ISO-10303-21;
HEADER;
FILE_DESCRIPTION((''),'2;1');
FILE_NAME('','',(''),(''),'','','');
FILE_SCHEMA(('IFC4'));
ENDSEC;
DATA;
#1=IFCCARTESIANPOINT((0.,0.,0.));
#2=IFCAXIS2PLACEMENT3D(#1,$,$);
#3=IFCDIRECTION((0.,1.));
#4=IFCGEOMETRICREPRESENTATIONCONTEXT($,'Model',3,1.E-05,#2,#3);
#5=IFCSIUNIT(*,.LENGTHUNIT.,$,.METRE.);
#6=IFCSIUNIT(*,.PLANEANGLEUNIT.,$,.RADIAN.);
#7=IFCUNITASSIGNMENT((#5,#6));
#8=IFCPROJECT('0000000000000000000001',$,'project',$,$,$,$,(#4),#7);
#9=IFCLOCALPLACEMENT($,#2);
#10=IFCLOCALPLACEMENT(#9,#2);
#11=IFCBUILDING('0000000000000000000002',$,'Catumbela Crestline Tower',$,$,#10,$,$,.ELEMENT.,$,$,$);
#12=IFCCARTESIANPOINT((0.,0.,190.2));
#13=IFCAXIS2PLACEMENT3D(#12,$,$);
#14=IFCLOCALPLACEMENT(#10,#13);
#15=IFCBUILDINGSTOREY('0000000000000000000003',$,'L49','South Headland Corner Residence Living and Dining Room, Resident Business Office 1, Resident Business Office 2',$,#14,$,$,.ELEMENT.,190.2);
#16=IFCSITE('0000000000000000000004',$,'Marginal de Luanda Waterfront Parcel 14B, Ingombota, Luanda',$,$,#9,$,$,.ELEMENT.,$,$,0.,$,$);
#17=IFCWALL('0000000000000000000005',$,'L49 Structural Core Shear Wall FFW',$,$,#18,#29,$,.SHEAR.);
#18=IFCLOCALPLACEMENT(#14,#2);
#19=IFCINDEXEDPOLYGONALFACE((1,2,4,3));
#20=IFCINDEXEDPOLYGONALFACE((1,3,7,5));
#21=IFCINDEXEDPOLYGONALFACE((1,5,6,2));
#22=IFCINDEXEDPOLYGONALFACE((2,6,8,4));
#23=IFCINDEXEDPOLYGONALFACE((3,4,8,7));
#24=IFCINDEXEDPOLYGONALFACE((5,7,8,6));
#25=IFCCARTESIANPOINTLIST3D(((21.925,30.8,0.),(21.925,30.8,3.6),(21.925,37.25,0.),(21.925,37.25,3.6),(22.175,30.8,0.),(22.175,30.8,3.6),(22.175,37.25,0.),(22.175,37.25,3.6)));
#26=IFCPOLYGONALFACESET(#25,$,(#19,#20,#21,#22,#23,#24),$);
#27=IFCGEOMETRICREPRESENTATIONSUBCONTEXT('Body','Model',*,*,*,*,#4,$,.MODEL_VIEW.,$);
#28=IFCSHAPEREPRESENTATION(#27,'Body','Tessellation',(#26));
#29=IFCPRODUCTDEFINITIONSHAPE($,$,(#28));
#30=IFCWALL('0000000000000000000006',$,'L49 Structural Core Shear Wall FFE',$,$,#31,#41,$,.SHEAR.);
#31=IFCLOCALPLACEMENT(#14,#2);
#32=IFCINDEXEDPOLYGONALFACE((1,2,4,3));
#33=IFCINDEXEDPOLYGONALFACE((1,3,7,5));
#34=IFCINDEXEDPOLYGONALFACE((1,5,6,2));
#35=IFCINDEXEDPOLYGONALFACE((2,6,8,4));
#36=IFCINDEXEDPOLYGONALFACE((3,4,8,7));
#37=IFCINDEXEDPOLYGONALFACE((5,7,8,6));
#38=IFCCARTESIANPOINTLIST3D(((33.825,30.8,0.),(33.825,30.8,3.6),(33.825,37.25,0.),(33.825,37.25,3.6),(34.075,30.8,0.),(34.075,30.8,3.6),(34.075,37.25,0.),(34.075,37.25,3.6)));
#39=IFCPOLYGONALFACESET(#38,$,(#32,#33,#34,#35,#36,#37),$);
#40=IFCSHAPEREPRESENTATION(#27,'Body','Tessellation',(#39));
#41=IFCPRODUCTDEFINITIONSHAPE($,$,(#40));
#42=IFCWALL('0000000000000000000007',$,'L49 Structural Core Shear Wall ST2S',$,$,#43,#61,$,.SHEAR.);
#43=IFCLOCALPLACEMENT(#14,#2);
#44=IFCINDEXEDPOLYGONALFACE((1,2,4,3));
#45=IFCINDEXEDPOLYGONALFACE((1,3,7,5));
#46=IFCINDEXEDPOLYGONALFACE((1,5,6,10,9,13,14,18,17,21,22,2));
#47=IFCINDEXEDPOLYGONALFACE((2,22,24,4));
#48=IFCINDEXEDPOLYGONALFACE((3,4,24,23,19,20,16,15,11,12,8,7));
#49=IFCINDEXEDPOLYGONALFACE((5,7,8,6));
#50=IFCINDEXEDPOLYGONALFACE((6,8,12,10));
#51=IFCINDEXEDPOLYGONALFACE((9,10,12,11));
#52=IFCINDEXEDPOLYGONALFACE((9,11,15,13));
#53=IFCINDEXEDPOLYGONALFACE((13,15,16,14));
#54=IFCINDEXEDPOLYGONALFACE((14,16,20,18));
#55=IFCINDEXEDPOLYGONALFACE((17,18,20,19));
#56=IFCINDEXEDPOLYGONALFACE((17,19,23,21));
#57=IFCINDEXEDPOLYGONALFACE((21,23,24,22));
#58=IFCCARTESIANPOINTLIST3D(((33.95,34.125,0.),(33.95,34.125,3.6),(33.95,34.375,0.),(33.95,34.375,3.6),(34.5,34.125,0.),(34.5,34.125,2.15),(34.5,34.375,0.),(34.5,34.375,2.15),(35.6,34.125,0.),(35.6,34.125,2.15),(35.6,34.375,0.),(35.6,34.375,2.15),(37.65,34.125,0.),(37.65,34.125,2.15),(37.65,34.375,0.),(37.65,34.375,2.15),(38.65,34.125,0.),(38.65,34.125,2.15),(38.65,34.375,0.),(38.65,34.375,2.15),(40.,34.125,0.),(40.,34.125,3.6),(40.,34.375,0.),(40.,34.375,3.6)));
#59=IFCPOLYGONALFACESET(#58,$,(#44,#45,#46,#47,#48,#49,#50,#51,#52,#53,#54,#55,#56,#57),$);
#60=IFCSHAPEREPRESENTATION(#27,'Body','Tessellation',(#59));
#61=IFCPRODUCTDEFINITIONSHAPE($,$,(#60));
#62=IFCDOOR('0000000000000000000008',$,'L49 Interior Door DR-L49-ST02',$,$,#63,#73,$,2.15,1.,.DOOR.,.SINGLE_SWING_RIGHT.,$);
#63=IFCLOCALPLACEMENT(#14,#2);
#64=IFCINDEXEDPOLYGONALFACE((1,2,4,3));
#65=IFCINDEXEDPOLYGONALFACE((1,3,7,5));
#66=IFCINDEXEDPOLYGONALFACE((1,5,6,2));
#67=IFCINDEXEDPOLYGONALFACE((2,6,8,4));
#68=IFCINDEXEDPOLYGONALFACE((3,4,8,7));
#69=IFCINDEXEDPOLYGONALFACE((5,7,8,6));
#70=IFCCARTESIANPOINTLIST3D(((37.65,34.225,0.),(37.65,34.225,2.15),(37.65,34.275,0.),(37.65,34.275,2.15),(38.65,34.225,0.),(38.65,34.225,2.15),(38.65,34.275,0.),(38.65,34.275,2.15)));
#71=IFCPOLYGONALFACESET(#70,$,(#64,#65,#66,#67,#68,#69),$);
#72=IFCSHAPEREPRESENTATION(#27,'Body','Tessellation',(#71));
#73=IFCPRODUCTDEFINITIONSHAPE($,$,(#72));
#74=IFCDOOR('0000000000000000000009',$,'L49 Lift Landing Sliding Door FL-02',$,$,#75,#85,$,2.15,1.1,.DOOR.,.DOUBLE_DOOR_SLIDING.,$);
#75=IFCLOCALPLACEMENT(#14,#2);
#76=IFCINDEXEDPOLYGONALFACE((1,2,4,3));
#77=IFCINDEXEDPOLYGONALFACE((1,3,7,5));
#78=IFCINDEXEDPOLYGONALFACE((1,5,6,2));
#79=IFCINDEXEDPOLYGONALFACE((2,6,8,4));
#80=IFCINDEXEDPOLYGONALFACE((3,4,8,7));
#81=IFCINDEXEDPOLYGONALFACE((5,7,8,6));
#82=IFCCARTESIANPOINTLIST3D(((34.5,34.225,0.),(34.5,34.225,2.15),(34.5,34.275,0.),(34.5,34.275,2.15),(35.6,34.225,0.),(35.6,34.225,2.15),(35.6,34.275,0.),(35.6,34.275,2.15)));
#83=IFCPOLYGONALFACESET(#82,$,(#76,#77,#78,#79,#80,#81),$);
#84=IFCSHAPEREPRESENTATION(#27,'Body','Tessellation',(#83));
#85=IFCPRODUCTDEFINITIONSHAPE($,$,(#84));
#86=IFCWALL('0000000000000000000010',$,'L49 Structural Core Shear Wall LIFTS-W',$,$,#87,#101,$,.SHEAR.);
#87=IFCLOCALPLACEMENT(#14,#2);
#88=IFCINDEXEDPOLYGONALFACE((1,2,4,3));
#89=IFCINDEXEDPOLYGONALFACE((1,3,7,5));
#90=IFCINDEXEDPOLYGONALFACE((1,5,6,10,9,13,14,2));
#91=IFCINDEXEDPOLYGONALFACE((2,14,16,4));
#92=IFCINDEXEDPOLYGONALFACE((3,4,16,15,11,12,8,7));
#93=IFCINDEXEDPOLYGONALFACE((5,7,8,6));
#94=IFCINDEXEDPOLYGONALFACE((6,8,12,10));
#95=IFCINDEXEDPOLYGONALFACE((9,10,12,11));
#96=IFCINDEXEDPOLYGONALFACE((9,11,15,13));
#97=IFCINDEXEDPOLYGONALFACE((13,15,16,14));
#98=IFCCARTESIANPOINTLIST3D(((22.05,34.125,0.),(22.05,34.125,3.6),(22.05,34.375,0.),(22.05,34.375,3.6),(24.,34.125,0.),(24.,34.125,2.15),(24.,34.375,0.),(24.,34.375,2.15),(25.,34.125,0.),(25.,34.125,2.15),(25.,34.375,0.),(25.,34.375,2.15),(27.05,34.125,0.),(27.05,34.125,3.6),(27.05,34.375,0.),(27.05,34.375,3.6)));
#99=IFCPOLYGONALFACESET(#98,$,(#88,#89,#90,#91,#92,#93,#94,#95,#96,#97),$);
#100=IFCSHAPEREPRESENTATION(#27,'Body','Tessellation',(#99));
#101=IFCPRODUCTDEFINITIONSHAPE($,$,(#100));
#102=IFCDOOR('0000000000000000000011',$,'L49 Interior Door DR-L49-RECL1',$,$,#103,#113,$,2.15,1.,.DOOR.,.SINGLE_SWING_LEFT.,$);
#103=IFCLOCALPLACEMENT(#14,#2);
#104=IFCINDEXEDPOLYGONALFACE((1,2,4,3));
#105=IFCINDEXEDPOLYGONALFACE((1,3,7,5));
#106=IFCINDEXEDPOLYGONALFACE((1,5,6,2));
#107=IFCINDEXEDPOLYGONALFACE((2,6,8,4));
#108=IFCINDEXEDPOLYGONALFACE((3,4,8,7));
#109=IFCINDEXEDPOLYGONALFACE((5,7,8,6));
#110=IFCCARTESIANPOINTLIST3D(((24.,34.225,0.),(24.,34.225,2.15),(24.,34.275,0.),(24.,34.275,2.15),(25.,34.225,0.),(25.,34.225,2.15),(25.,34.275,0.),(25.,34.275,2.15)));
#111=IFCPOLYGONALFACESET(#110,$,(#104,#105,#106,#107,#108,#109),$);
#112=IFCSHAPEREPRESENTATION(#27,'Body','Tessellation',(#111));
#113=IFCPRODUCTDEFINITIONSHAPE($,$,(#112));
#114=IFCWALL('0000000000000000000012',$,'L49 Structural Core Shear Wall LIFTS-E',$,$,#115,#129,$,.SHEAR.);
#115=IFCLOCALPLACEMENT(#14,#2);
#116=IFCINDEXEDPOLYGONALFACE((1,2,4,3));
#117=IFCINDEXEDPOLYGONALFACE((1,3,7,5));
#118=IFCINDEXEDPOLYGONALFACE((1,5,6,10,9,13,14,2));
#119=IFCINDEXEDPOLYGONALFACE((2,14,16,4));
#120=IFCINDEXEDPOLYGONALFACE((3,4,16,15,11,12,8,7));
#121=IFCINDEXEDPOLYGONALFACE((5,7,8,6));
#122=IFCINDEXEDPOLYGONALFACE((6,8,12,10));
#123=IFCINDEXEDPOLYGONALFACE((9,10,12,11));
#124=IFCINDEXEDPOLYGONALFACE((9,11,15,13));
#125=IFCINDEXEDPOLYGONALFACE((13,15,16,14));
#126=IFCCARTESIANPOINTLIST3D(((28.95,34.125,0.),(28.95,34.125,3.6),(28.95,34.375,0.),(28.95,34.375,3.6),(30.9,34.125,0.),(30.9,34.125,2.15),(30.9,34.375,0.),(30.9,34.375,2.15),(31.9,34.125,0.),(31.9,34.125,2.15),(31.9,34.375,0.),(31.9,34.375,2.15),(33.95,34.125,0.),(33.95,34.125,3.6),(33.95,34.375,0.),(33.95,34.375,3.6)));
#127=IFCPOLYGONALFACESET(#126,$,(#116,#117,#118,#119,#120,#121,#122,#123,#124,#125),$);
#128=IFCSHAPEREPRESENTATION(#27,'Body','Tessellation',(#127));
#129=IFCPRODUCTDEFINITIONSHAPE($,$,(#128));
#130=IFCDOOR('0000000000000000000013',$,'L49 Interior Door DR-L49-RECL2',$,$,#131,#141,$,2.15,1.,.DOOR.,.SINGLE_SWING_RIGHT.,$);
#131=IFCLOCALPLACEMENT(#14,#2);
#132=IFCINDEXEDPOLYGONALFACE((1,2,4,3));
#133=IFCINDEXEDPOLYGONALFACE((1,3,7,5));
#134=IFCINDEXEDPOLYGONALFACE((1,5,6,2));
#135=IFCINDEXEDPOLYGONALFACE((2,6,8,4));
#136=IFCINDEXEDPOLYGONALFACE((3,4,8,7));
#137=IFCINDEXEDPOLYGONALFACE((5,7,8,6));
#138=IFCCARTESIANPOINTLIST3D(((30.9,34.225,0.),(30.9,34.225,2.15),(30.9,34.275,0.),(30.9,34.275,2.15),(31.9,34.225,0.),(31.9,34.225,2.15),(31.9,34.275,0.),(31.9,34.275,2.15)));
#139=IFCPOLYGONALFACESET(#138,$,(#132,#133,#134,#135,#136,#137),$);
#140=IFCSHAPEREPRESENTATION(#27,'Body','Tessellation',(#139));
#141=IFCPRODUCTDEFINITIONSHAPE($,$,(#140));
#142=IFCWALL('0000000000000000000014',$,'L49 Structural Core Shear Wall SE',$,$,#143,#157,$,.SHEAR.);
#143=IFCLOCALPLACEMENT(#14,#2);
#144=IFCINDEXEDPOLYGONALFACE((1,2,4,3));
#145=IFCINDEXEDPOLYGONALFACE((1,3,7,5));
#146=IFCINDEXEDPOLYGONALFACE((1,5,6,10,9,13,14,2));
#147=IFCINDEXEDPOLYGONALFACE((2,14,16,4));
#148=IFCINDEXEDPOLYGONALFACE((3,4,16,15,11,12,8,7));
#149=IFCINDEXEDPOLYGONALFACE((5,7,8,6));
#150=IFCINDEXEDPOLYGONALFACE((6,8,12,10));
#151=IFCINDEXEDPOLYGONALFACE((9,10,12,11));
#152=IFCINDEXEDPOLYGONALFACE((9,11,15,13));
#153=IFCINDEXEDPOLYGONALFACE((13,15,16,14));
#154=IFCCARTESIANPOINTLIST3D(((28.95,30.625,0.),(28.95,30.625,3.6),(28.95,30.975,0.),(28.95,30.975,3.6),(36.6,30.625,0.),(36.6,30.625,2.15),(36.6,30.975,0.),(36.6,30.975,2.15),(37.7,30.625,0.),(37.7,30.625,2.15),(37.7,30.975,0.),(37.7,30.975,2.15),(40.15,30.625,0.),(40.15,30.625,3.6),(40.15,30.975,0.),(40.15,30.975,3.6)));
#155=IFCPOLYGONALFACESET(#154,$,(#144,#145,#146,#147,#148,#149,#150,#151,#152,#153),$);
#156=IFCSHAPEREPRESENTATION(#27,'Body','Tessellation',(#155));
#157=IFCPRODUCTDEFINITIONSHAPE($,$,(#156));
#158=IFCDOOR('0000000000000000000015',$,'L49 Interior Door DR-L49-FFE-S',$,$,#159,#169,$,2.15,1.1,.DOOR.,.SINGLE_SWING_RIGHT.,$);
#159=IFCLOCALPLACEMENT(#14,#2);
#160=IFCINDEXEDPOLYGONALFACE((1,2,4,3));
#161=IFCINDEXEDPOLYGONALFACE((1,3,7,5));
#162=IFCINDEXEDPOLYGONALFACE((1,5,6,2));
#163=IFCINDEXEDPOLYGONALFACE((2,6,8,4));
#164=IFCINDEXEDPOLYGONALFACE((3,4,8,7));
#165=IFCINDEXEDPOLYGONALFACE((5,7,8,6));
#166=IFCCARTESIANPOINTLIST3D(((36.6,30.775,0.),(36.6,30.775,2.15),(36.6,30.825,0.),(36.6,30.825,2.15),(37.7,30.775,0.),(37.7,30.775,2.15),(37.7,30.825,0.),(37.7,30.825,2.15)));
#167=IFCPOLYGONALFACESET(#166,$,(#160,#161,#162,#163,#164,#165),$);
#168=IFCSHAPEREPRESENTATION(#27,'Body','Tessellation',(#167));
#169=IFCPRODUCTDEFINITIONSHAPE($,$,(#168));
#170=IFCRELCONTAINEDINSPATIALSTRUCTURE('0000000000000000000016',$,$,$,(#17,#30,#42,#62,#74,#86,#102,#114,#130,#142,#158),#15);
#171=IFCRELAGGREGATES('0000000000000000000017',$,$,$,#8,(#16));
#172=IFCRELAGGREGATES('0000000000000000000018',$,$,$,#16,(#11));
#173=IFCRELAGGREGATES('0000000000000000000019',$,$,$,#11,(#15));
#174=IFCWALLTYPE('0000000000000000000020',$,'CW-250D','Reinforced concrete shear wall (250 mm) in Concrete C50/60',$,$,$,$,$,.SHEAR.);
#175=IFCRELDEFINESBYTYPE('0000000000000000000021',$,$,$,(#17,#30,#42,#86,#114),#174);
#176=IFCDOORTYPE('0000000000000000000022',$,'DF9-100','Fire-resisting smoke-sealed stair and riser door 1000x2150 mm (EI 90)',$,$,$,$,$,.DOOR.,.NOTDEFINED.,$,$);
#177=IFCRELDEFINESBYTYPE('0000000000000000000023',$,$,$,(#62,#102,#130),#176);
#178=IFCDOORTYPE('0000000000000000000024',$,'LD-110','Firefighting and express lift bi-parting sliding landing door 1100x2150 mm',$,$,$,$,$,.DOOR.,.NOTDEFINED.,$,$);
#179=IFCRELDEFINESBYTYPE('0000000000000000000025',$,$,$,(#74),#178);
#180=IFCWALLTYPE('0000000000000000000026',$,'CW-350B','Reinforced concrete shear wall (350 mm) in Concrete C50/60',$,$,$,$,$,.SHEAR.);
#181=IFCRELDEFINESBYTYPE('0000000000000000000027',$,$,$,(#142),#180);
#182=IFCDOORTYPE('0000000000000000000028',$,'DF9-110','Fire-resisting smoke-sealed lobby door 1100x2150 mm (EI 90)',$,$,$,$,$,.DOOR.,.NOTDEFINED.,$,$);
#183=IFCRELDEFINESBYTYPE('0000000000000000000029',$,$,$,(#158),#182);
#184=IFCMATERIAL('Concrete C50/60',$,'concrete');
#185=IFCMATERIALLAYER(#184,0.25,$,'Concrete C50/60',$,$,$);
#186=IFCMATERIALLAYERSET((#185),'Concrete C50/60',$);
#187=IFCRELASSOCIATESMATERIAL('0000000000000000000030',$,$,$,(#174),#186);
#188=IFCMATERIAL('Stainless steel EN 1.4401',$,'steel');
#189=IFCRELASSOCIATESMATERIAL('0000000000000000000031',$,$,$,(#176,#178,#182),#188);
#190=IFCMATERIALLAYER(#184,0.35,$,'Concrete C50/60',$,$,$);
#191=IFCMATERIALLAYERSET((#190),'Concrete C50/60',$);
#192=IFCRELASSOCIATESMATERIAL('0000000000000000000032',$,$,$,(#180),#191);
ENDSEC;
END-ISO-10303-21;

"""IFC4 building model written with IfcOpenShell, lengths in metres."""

from ifc_helpers import new_model, si_unit, direction, frame, frame_2d, origin, place, context, subcontext, project, spatial, rectangle, extrude, material, layer, layer_set, type_object, element, fill, save


model = new_model("IFC4")

# Units and contexts
model_context = context("Model", 3, precision=1e-05, world=origin(), true_north=direction((0.0, 1.0)))
body_context = subcontext(model_context, "Body", "Model", "MODEL_VIEW")
ifc_project = project(units=[si_unit("LENGTHUNIT", "METRE"), si_unit("PLANEANGLEUNIT", "RADIAN")], contexts=[model_context])

# Site, building, storey
site_placement = place(None, origin())
site = spatial("IfcSite", under=ifc_project, at=site_placement, Name="Marginal de Luanda Waterfront Parcel 14B, Ingombota, Luanda", CompositionType="ELEMENT", RefElevation=0.0)
building_placement = place(site_placement, origin())
building = spatial("IfcBuilding", under=site, at=building_placement, Name="Catumbela Crestline Tower", CompositionType="ELEMENT")
storey_placement = place(building_placement, frame((0.0, 0.0, 190.2)))
storey = spatial("IfcBuildingStorey", under=building, at=storey_placement, Name="L49", Description="South Headland Corner Residence Living and Dining Room, Resident Business Office 1, Resident Business Office 2", CompositionType="ELEMENT", Elevation=190.2)

# Walls
ifc_material_1 = material(Name="Concrete C50/60", Category="concrete")
ifc_layer_1 = layer(ifc_material_1, 0.25, Name="Concrete C50/60")
ifc_layer_set_1 = layer_set([ifc_layer_1], Name="Concrete C50/60")
wall_type_1 = type_object("IfcWallType", Name="CW-250D", Description="Reinforced concrete shear wall (250 mm) in Concrete C50/60", PredefinedType="SHEAR", material=ifc_layer_set_1)
for number, where, z_axis, x_axis, name in (
    (1, (22.05, 30.8, 0.0), (0.0, 0.0, 1.0), (0.0, 1.0, 0.0), "L49 Structural Core Shear Wall FFW"),
    (2, (33.95, 30.8, 0.0), (0.0, 0.0, 1.0), (0.0, 1.0, 0.0), "L49 Structural Core Shear Wall FFE"),
):
    element("IfcWall", number, at=place(storey_placement, frame(where, z_axis=z_axis, x_axis=x_axis)), inside=storey, type_object=wall_type_1, Name=name, PredefinedType="SHEAR", context=body_context, shape_type="SweptSolid", body=[
        extrude(rectangle(XDim=6.45, YDim=0.25, at=frame_2d((3.225, 0.0))), origin(), (0.0, 0.0, 1.0), 3.6),
    ])

# Wall, openings, doors
wall_1_placement = place(storey_placement, frame((33.95, 34.25, 0.0), z_axis=(0.0, 0.0, 1.0), x_axis=(1.0, 0.0, 0.0)))
wall_1 = element("IfcWall", 3, at=wall_1_placement, inside=storey, type_object=wall_type_1, Name="L49 Structural Core Shear Wall ST2S", PredefinedType="SHEAR", context=body_context, shape_type="SweptSolid", body=[
    extrude(rectangle(XDim=6.05, YDim=0.25, at=frame_2d((3.025, 0.0))), origin(), (0.0, 0.0, 1.0), 3.6),
])
opening_1_placement = place(wall_1_placement, frame((3.7, 0.0, 0.0)))
opening_1 = element("IfcOpeningElement", 4, at=opening_1_placement, cuts=wall_1, PredefinedType="OPENING", context=body_context, shape_type="SweptSolid", body=[
    extrude(rectangle(XDim=1.0, YDim=2.15, at=frame_2d((0.5, 1.075))), frame((0.0, 0.135, 0.0), z_axis=(0.0, -1.0, 0.0), x_axis=(1.0, 0.0, 0.0)), (0.0, 0.0, 1.0), 0.27),
])
opening_2_placement = place(wall_1_placement, frame((0.55, 0.0, 0.0)))
opening_2 = element("IfcOpeningElement", 5, at=opening_2_placement, cuts=wall_1, PredefinedType="OPENING", context=body_context, shape_type="SweptSolid", body=[
    extrude(rectangle(XDim=1.1, YDim=2.15, at=frame_2d((0.55, 1.075))), frame((0.0, 0.135, 0.0), z_axis=(0.0, -1.0, 0.0), x_axis=(1.0, 0.0, 0.0)), (0.0, 0.0, 1.0), 0.27),
])
ifc_material_2 = material(Name="Stainless steel EN 1.4401", Category="steel")
door_type_1 = type_object("IfcDoorType", Name="DF9-100", Description="Fire-resisting smoke-sealed stair and riser door 1000x2150 mm (EI 90)", OperationType="NOTDEFINED", PredefinedType="DOOR", material=ifc_material_2)
door_1_placement = place(opening_1_placement, origin())
door_1 = element("IfcDoor", 6, at=door_1_placement, inside=storey, type_object=door_type_1, Name="L49 Interior Door DR-L49-ST02", OperationType="SINGLE_SWING_RIGHT", OverallHeight=2.15, OverallWidth=1.0, PredefinedType="DOOR", context=body_context, shape_type="SweptSolid", body=[
    extrude(rectangle(XDim=1.0, YDim=2.15, at=frame_2d((0.5, 1.075))), frame((0.0, 0.025, 0.0), z_axis=(0.0, -1.0, 0.0), x_axis=(1.0, 0.0, 0.0)), (0.0, 0.0, 1.0), 0.05),
])
fill(opening_1, door_1)
door_type_2 = type_object("IfcDoorType", Name="LD-110", Description="Firefighting and express lift bi-parting sliding landing door 1100x2150 mm", OperationType="NOTDEFINED", PredefinedType="DOOR", material=ifc_material_2)
door_2_placement = place(opening_2_placement, origin())
door_2 = element("IfcDoor", 7, at=door_2_placement, inside=storey, type_object=door_type_2, Name="L49 Lift Landing Sliding Door FL-02", OperationType="DOUBLE_DOOR_SLIDING", OverallHeight=2.15, OverallWidth=1.1, PredefinedType="DOOR", context=body_context, shape_type="SweptSolid", body=[
    extrude(rectangle(XDim=1.1, YDim=2.15, at=frame_2d((0.55, 1.075))), frame((0.0, 0.025, 0.0), z_axis=(0.0, -1.0, 0.0), x_axis=(1.0, 0.0, 0.0)), (0.0, 0.0, 1.0), 0.05),
])
fill(opening_2, door_2)

# Walls, openings, doors
wall_2_placement = place(storey_placement, frame((22.05, 34.25, 0.0), z_axis=(0.0, 0.0, 1.0), x_axis=(1.0, 0.0, 0.0)))
wall_2 = element("IfcWall", 8, at=wall_2_placement, inside=storey, type_object=wall_type_1, Name="L49 Structural Core Shear Wall LIFTS-W", PredefinedType="SHEAR", context=body_context, shape_type="SweptSolid", body=[
    extrude(rectangle(XDim=5.0, YDim=0.25, at=frame_2d((2.5, 0.0))), origin(), (0.0, 0.0, 1.0), 3.6),
])
opening_3_placement = place(wall_2_placement, frame((1.95, 0.0, 0.0)))
opening_3 = element("IfcOpeningElement", 9, at=opening_3_placement, cuts=wall_2, PredefinedType="OPENING", context=body_context, shape_type="SweptSolid", body=[
    extrude(rectangle(XDim=1.0, YDim=2.15, at=frame_2d((0.5, 1.075))), frame((0.0, 0.135, 0.0), z_axis=(0.0, -1.0, 0.0), x_axis=(1.0, 0.0, 0.0)), (0.0, 0.0, 1.0), 0.27),
])
door_3_placement = place(opening_3_placement, origin())
door_3 = element("IfcDoor", 10, at=door_3_placement, inside=storey, type_object=door_type_1, Name="L49 Interior Door DR-L49-RECL1", OperationType="SINGLE_SWING_LEFT", OverallHeight=2.15, OverallWidth=1.0, PredefinedType="DOOR", context=body_context, shape_type="SweptSolid", body=[
    extrude(rectangle(XDim=1.0, YDim=2.15, at=frame_2d((0.5, 1.075))), frame((0.0, 0.025, 0.0), z_axis=(0.0, -1.0, 0.0), x_axis=(1.0, 0.0, 0.0)), (0.0, 0.0, 1.0), 0.05),
])
fill(opening_3, door_3)
wall_3_placement = place(storey_placement, frame((28.95, 34.25, 0.0), z_axis=(0.0, 0.0, 1.0), x_axis=(1.0, 0.0, 0.0)))
wall_3 = element("IfcWall", 11, at=wall_3_placement, inside=storey, type_object=wall_type_1, Name="L49 Structural Core Shear Wall LIFTS-E", PredefinedType="SHEAR", context=body_context, shape_type="SweptSolid", body=[
    extrude(rectangle(XDim=5.0, YDim=0.25, at=frame_2d((2.5, 0.0))), origin(), (0.0, 0.0, 1.0), 3.6),
])
opening_4_placement = place(wall_3_placement, frame((1.95, 0.0, 0.0)))
opening_4 = element("IfcOpeningElement", 12, at=opening_4_placement, cuts=wall_3, PredefinedType="OPENING", context=body_context, shape_type="SweptSolid", body=[
    extrude(rectangle(XDim=1.0, YDim=2.15, at=frame_2d((0.5, 1.075))), frame((0.0, 0.135, 0.0), z_axis=(0.0, -1.0, 0.0), x_axis=(1.0, 0.0, 0.0)), (0.0, 0.0, 1.0), 0.27),
])
door_4_placement = place(opening_4_placement, origin())
door_4 = element("IfcDoor", 13, at=door_4_placement, inside=storey, type_object=door_type_1, Name="L49 Interior Door DR-L49-RECL2", OperationType="SINGLE_SWING_RIGHT", OverallHeight=2.15, OverallWidth=1.0, PredefinedType="DOOR", context=body_context, shape_type="SweptSolid", body=[
    extrude(rectangle(XDim=1.0, YDim=2.15, at=frame_2d((0.5, 1.075))), frame((0.0, 0.025, 0.0), z_axis=(0.0, -1.0, 0.0), x_axis=(1.0, 0.0, 0.0)), (0.0, 0.0, 1.0), 0.05),
])
fill(opening_4, door_4)
ifc_layer_2 = layer(ifc_material_1, 0.35, Name="Concrete C50/60")
ifc_layer_set_2 = layer_set([ifc_layer_2], Name="Concrete C50/60")
wall_type_2 = type_object("IfcWallType", Name="CW-350B", Description="Reinforced concrete shear wall (350 mm) in Concrete C50/60", PredefinedType="SHEAR", material=ifc_layer_set_2)
wall_4_placement = place(storey_placement, frame((28.95, 30.8, 0.0), z_axis=(0.0, 0.0, 1.0), x_axis=(1.0, 0.0, 0.0)))
wall_4 = element("IfcWall", 14, at=wall_4_placement, inside=storey, type_object=wall_type_2, Name="L49 Structural Core Shear Wall SE", PredefinedType="SHEAR", context=body_context, shape_type="SweptSolid", body=[
    extrude(rectangle(XDim=11.2, YDim=0.35, at=frame_2d((5.6, 0.0))), origin(), (0.0, 0.0, 1.0), 3.6),
])
opening_5_placement = place(wall_4_placement, frame((7.65, 0.0, 0.0)))
opening_5 = element("IfcOpeningElement", 15, at=opening_5_placement, cuts=wall_4, PredefinedType="OPENING", context=body_context, shape_type="SweptSolid", body=[
    extrude(rectangle(XDim=1.1, YDim=2.15, at=frame_2d((0.55, 1.075))), frame((0.0, 0.185, 0.0), z_axis=(0.0, -1.0, 0.0), x_axis=(1.0, 0.0, 0.0)), (0.0, 0.0, 1.0), 0.37),
])
door_type_3 = type_object("IfcDoorType", Name="DF9-110", Description="Fire-resisting smoke-sealed lobby door 1100x2150 mm (EI 90)", OperationType="NOTDEFINED", PredefinedType="DOOR", material=ifc_material_2)
door_5_placement = place(opening_5_placement, origin())
door_5 = element("IfcDoor", 16, at=door_5_placement, inside=storey, type_object=door_type_3, Name="L49 Interior Door DR-L49-FFE-S", OperationType="SINGLE_SWING_RIGHT", OverallHeight=2.15, OverallWidth=1.1, PredefinedType="DOOR", context=body_context, shape_type="SweptSolid", body=[
    extrude(rectangle(XDim=1.1, YDim=2.15, at=frame_2d((0.55, 1.075))), frame((0.0, 0.025, 0.0), z_axis=(0.0, -1.0, 0.0), x_axis=(1.0, 0.0, 0.0)), (0.0, 0.0, 1.0), 0.05),
])
fill(opening_5, door_5)

save(model, "model.ifc")
